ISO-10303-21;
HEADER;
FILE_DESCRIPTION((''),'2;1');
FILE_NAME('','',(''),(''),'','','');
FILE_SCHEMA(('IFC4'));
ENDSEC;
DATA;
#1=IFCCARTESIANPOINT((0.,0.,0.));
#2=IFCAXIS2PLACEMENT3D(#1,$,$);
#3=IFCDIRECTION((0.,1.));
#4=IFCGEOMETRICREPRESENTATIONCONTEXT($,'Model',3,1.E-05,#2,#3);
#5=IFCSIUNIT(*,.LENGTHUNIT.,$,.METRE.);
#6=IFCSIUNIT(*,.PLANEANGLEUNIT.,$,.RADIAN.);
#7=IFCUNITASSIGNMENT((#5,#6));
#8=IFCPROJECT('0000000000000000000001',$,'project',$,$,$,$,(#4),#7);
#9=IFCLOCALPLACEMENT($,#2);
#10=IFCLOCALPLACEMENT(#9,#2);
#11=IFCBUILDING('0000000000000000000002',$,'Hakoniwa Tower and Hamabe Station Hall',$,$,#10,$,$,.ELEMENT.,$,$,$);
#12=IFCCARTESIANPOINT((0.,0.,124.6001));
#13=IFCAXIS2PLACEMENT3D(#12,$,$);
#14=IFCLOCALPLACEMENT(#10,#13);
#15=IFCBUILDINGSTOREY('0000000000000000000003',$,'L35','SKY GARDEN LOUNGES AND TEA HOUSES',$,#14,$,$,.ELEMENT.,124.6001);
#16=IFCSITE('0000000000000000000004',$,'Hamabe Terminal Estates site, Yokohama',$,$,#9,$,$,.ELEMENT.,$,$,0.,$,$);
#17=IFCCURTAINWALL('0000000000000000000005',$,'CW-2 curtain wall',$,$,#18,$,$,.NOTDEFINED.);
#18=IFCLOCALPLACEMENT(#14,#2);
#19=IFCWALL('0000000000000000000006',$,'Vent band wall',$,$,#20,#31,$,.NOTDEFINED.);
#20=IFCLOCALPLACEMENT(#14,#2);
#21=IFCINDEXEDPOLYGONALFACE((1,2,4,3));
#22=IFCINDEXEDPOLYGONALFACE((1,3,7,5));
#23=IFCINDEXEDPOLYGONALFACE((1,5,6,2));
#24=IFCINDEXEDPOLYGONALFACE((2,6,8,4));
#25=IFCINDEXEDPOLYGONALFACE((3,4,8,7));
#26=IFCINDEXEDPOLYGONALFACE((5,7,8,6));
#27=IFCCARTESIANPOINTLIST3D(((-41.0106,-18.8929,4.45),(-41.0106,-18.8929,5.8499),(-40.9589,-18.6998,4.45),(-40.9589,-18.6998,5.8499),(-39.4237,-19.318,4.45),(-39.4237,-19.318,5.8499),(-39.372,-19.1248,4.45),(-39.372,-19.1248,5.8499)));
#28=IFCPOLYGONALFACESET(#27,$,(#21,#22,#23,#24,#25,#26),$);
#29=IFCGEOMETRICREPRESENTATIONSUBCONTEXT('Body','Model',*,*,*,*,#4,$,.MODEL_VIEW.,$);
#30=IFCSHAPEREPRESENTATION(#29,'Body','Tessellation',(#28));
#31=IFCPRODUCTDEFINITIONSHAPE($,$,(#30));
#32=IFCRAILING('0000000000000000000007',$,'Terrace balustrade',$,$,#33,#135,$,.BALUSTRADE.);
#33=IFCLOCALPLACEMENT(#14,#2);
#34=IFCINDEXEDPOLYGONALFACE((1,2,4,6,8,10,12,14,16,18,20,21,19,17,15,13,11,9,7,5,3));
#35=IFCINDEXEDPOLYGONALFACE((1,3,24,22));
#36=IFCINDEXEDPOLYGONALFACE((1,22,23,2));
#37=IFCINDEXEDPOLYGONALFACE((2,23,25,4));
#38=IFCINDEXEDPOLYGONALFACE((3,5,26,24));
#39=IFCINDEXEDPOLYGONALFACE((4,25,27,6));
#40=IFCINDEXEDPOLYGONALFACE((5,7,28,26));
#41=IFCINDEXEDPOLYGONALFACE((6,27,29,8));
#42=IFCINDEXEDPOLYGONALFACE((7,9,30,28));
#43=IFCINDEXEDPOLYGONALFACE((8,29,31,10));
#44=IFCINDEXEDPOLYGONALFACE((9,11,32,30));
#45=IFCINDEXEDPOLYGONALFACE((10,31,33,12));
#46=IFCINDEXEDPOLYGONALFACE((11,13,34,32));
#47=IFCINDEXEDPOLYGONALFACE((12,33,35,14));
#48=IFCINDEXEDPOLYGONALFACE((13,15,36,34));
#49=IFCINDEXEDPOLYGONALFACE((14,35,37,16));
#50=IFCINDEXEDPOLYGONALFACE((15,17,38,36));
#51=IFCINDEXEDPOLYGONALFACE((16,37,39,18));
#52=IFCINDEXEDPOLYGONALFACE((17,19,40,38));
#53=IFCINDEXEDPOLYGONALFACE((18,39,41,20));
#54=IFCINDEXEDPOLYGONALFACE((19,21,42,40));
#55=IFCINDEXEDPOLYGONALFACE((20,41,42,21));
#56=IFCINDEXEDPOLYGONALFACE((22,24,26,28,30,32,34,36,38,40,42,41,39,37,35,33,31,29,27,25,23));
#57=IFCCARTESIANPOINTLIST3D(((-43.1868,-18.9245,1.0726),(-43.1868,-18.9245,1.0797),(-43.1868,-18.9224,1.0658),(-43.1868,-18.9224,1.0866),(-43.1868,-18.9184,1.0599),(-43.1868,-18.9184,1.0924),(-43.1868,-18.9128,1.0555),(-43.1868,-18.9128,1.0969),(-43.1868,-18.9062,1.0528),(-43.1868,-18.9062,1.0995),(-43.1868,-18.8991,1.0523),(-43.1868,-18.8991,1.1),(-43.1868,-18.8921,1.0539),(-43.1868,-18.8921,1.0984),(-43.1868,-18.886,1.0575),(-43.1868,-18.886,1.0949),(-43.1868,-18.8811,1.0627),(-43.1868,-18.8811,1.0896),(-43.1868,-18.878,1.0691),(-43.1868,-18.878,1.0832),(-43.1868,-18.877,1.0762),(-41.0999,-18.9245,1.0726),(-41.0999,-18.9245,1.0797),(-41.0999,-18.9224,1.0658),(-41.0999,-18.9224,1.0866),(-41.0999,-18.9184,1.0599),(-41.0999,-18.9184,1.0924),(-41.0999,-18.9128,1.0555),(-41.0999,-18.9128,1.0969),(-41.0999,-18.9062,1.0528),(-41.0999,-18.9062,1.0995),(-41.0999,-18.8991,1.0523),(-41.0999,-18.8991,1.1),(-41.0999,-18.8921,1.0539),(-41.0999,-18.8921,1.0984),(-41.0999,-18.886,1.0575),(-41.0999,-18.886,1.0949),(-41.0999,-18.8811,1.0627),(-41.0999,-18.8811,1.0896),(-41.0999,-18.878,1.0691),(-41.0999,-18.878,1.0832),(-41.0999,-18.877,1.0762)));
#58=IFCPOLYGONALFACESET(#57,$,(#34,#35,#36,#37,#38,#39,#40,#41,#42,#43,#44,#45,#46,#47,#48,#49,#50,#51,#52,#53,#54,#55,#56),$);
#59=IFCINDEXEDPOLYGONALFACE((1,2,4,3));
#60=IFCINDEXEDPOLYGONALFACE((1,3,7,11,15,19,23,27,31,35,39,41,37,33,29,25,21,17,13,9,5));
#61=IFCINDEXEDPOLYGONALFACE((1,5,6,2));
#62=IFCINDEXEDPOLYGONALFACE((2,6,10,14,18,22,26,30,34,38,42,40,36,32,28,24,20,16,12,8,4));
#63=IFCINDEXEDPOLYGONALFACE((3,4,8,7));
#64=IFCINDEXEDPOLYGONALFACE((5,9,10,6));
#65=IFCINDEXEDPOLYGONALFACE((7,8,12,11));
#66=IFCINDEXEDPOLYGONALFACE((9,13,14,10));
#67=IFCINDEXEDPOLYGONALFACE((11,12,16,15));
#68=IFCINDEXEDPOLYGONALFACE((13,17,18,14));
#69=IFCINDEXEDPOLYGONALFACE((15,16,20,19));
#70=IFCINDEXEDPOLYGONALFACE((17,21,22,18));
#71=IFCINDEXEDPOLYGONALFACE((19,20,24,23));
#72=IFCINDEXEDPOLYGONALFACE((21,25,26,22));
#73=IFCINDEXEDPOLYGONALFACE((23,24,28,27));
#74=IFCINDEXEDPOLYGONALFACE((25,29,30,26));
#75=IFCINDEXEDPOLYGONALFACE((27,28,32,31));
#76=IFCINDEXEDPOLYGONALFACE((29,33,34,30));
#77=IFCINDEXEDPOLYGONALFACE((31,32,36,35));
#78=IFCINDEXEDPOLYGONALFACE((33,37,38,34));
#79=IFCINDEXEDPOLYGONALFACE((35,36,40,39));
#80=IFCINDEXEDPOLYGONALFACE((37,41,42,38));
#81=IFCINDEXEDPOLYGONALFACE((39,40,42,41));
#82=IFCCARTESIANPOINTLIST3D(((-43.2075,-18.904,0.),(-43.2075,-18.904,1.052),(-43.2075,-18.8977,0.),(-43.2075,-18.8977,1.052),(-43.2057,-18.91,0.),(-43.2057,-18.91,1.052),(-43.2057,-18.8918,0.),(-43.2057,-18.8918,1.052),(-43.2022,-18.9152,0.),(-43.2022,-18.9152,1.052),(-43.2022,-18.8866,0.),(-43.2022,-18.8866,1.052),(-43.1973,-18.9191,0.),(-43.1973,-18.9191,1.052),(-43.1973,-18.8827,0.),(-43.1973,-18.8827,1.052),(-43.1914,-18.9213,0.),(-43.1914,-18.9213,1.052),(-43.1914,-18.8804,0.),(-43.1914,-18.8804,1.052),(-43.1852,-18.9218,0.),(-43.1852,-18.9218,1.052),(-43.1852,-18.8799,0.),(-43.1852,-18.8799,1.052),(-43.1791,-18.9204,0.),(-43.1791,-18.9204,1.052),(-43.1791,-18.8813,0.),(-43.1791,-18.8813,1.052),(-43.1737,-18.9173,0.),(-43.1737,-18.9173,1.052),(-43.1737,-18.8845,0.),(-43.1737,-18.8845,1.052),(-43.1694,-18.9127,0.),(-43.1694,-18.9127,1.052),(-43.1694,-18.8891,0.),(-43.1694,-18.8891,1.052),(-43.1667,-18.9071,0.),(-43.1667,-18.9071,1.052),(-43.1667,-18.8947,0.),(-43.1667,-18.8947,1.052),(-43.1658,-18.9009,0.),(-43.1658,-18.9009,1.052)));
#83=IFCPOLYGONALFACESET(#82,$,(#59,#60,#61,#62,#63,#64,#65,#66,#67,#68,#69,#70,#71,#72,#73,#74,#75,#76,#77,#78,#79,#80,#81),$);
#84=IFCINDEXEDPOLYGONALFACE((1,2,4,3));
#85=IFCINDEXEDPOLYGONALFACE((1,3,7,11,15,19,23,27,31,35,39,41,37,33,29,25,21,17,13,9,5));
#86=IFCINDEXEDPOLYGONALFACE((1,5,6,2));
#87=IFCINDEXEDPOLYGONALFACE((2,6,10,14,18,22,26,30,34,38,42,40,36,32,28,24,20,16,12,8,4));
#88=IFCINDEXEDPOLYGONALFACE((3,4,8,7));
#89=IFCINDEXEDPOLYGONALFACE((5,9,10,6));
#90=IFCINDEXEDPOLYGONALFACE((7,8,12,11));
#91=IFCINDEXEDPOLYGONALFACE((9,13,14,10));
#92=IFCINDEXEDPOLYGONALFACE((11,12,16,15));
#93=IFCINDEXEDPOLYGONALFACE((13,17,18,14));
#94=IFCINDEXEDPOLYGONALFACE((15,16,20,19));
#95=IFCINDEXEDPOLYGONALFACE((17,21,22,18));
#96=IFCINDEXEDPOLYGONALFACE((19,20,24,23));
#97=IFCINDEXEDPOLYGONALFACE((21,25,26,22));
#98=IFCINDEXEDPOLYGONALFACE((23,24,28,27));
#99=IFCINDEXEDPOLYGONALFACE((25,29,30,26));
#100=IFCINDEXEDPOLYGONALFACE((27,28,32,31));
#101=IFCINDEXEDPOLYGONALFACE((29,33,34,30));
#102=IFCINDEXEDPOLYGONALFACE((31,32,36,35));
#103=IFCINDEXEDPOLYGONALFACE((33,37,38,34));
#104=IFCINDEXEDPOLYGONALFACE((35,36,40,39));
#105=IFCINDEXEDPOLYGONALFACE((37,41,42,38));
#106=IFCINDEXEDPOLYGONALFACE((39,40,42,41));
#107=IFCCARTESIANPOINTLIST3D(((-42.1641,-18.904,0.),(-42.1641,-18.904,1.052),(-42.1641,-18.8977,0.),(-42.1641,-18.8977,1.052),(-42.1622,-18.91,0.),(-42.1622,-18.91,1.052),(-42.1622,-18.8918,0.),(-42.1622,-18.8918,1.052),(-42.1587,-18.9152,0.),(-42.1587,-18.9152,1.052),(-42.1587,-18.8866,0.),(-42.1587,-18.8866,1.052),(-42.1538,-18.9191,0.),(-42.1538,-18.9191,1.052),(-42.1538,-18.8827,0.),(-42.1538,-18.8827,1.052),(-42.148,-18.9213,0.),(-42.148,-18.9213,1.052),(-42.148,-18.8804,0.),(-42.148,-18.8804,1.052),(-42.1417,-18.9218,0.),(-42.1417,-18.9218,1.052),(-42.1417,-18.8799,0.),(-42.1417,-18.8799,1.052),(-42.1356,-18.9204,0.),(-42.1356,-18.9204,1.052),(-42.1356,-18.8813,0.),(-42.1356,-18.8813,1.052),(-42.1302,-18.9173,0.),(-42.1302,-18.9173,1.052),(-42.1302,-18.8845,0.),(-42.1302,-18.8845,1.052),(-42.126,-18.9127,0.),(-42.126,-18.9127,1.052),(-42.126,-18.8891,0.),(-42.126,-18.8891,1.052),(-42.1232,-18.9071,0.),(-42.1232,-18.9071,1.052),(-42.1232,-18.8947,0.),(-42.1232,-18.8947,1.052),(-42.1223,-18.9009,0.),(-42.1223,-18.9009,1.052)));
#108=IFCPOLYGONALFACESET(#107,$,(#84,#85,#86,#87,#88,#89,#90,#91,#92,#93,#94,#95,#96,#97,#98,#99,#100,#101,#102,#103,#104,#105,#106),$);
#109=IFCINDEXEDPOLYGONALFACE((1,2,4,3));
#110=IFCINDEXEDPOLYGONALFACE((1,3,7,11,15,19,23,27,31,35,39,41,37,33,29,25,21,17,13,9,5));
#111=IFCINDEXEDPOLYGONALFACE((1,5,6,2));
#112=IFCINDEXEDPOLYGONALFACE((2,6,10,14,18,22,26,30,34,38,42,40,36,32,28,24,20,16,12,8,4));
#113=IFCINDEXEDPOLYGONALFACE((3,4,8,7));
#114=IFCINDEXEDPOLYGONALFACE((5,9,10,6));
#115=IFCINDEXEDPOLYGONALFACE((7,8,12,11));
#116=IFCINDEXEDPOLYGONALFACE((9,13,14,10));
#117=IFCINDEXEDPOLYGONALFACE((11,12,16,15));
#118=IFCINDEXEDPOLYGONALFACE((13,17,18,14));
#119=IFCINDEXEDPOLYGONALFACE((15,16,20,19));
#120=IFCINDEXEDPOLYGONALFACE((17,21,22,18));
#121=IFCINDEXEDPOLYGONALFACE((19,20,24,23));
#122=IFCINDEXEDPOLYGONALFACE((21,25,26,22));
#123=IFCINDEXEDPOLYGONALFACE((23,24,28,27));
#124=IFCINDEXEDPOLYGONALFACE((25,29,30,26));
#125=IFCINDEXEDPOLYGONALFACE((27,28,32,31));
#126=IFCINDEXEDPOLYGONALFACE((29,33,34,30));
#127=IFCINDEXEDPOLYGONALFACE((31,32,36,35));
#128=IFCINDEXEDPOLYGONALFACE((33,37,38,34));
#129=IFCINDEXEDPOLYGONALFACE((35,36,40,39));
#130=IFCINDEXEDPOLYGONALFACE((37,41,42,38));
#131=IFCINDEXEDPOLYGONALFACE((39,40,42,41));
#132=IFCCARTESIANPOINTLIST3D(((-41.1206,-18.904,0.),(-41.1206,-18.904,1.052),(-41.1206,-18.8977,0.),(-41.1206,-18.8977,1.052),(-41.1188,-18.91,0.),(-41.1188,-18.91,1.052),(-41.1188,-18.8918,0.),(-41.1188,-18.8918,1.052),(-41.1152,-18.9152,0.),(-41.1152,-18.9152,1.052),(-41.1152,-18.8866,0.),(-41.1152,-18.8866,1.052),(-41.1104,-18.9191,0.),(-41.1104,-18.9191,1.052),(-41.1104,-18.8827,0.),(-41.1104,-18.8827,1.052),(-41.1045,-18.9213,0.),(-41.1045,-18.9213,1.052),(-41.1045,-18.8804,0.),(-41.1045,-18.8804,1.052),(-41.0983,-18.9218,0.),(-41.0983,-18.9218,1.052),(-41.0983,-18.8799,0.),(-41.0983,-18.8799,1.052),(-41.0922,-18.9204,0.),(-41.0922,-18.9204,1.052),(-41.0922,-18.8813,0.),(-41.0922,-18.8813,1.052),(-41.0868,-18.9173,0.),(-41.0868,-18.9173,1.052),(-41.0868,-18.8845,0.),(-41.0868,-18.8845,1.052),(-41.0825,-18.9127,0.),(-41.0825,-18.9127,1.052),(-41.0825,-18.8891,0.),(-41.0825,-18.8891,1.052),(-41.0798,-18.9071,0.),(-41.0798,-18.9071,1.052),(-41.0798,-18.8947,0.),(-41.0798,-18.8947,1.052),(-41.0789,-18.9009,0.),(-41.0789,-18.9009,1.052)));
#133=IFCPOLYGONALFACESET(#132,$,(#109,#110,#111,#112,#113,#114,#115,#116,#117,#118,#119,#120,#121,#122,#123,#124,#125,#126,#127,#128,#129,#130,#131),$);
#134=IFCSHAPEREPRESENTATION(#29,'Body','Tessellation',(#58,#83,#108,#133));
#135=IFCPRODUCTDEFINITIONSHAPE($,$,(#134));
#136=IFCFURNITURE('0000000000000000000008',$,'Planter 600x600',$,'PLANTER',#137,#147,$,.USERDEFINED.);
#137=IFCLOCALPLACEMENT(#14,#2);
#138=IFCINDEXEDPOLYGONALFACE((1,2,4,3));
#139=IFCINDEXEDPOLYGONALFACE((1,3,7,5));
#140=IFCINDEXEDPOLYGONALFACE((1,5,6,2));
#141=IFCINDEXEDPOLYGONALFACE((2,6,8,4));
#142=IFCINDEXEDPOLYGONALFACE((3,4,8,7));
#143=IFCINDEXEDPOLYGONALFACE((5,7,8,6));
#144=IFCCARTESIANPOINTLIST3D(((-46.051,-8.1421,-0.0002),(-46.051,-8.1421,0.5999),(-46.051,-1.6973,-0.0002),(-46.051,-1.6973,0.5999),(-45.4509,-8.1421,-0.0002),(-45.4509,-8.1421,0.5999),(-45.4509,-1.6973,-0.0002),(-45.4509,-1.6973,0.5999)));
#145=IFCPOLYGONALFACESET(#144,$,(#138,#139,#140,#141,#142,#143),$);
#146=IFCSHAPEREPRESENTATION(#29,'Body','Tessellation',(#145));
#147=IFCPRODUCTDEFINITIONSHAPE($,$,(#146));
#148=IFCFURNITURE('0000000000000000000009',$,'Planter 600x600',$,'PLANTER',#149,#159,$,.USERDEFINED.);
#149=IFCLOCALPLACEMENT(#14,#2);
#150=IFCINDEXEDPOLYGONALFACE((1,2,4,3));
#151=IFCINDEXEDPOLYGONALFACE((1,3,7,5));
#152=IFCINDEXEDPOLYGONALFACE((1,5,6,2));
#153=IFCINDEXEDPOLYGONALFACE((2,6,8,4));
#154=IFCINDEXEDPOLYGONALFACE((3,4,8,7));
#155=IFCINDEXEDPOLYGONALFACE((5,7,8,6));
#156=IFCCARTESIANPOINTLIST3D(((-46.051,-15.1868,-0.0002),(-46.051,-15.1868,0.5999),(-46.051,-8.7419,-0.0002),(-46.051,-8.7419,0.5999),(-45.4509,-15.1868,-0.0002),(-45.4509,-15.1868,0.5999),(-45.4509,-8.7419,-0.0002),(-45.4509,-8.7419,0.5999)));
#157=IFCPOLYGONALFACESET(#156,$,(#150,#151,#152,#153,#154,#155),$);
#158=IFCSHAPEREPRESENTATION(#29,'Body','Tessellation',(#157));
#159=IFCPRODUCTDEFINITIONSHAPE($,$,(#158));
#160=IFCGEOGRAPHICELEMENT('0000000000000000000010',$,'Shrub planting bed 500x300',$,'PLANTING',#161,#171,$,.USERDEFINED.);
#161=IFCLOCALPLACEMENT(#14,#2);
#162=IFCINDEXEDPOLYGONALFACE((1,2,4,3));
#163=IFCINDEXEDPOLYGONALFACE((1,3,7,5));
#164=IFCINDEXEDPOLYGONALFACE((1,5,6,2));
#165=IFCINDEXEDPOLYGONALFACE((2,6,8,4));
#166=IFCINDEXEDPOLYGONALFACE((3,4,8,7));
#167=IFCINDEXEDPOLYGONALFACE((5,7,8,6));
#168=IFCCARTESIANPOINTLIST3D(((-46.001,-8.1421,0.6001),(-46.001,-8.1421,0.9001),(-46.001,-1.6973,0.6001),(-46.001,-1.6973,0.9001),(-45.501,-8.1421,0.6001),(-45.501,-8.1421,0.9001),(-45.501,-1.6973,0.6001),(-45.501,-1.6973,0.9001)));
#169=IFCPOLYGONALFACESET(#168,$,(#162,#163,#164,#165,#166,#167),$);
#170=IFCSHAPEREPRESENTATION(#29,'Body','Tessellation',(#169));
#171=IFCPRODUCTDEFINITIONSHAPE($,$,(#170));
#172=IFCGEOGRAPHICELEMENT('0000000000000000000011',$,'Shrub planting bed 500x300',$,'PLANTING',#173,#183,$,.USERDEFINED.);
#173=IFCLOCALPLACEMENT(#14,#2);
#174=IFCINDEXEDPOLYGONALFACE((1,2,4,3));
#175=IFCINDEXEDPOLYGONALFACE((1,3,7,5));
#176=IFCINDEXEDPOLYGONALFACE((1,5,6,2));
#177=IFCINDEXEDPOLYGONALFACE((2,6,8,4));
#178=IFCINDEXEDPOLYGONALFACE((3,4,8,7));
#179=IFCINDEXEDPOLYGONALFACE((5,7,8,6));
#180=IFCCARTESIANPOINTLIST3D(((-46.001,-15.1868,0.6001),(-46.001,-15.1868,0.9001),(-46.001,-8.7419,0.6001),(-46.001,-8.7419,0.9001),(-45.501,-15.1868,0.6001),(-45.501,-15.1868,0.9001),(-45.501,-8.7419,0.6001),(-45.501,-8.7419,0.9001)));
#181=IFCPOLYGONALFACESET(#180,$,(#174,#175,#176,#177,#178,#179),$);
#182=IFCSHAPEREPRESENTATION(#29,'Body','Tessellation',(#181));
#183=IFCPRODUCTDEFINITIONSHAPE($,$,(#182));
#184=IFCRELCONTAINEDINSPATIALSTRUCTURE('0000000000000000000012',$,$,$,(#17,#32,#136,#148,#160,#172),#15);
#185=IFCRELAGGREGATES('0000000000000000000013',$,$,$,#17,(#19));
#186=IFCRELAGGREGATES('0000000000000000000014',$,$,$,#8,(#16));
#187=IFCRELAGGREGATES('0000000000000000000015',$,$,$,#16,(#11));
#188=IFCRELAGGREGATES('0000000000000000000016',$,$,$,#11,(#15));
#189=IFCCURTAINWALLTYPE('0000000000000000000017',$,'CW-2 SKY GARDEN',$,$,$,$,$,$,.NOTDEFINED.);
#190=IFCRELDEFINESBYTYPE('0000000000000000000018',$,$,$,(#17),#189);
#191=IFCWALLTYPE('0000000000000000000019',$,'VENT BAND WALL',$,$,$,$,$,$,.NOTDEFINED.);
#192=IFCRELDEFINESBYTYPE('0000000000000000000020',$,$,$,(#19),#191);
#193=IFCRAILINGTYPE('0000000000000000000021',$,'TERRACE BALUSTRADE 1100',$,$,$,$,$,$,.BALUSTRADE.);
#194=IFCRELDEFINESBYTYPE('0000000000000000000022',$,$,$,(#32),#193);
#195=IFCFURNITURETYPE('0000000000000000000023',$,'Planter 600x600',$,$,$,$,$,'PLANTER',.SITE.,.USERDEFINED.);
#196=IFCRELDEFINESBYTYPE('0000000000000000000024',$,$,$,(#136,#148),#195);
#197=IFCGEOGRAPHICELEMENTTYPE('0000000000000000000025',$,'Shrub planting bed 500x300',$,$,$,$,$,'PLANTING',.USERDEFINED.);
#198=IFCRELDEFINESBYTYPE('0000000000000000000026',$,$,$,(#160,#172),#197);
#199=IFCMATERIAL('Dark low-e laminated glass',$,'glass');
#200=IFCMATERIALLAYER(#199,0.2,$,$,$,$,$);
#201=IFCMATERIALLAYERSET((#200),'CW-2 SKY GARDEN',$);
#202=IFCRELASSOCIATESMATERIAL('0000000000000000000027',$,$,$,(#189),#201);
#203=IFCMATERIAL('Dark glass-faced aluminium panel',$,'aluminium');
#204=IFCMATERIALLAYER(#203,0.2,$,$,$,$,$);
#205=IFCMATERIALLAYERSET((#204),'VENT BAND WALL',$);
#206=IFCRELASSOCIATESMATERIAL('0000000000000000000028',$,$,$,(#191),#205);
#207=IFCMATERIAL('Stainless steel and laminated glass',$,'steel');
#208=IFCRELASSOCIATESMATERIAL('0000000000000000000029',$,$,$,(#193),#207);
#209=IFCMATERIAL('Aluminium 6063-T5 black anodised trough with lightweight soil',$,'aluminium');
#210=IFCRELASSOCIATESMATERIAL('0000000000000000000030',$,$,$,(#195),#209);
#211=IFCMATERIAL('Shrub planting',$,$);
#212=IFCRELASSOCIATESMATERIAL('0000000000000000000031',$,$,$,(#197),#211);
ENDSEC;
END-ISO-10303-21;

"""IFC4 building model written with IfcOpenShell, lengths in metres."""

from ifc_helpers import new_model, si_unit, direction, frame, frame_2d, origin, origin_2d, place, context, subcontext, project, spatial, rectangle, circle, extrude, material, layer, layer_set, type_object, element, aggregate, save


model = new_model("IFC4")

# Units and contexts
model_context = context("Model", 3, precision=1e-05, world=origin(), true_north=direction((0.0, 1.0)))
body_context = subcontext(model_context, "Body", "Model", "MODEL_VIEW")
ifc_project = project(units=[si_unit("LENGTHUNIT", "METRE"), si_unit("PLANEANGLEUNIT", "RADIAN")], contexts=[model_context])

# Site, building, storey
site_placement = place(None, origin())
site = spatial("IfcSite", under=ifc_project, at=site_placement, Name="Hamabe Terminal Estates site, Yokohama", CompositionType="ELEMENT", RefElevation=0.0)
building_placement = place(site_placement, origin())
building = spatial("IfcBuilding", under=site, at=building_placement, Name="Hakoniwa Tower and Hamabe Station Hall", CompositionType="ELEMENT")
storey_placement = place(building_placement, frame((0.0, 0.0, 124.6001)))
storey = spatial("IfcBuildingStorey", under=building, at=storey_placement, Name="L35", Description="SKY GARDEN LOUNGES AND TEA HOUSES", CompositionType="ELEMENT", Elevation=124.6001)

# Shared definitions
ifc_material_1 = material(Name="Dark low-e laminated glass", Category="glass")
ifc_layer_1 = layer(ifc_material_1, 0.2)
ifc_layer_set_1 = layer_set([ifc_layer_1], Name="CW-2 SKY GARDEN")
curtain_wall_type = type_object("IfcCurtainWallType", Name="CW-2 SKY GARDEN", PredefinedType="NOTDEFINED", material=ifc_layer_set_1)

# Shared definitions
ifc_material_2 = material(Name="Dark glass-faced aluminium panel", Category="aluminium")
ifc_layer_2 = layer(ifc_material_2, 0.2)
ifc_layer_set_2 = layer_set([ifc_layer_2], Name="VENT BAND WALL")
wall_type_1 = type_object("IfcWallType", Name="VENT BAND WALL", PredefinedType="NOTDEFINED", material=ifc_layer_set_2)

# Curtain wall, wall
curtain_wall_1_placement = place(storey_placement, origin())
curtain_wall_1 = element("IfcCurtainWall", 1, at=curtain_wall_1_placement, inside=storey, type_object=curtain_wall_type, Name="CW-2 curtain wall", PredefinedType="NOTDEFINED")
wall_1_placement = place(storey_placement, frame((-40.9846, -18.7964, 4.45), z_axis=(0.0, 0.0, 1.0), x_axis=(0.965951, -0.258726, 0.0)))
wall_1 = element("IfcWall", 2, at=wall_1_placement, type_object=wall_type_1, Name="Vent band wall", PredefinedType="NOTDEFINED", context=body_context, shape_type="SweptSolid", body=[
    extrude(rectangle(XDim=1.6428, YDim=0.2, at=frame_2d((0.8213, 0.0))), origin(), (0.0, 0.0, 1.0), 1.3999),
])
aggregate(curtain_wall_1, [wall_1])

# Railing
ifc_material_3 = material(Name="Stainless steel and laminated glass", Category="steel")
railing_type = type_object("IfcRailingType", Name="TERRACE BALUSTRADE 1100", PredefinedType="BALUSTRADE", material=ifc_material_3)
railing_placement = place(storey_placement, frame((-43.1868, -18.9009, 0.0)))
element("IfcRailing", 3, at=railing_placement, inside=storey, type_object=railing_type, Name="Terrace balustrade", PredefinedType="BALUSTRADE", context=body_context, shape_type="SweptSolid", body=[
    extrude(circle(Radius=0.0239, at=origin_2d()), frame((0.0, 0.0, 1.0762), z_axis=(1.0, 0.0, 0.0), x_axis=(0.0, 1.0, 0.0)), (0.0, 0.0, 1.0), 2.0869),
    extrude(circle(Radius=0.021, at=origin_2d()), origin(), (0.0, 0.0, 1.0), 1.052),
    extrude(circle(Radius=0.021, at=origin_2d()), frame((1.0435, 0.0, 0.0)), (0.0, 0.0, 1.0), 1.052),
    extrude(circle(Radius=0.021, at=origin_2d()), frame((2.0869, 0.0, 0.0)), (0.0, 0.0, 1.0), 1.052),
])

# Furniture
ifc_material_4 = material(Name="Aluminium 6063-T5 black anodised trough with lightweight soil", Category="aluminium")
furniture_type = type_object("IfcFurnitureType", Name="Planter 600x600", ElementType="PLANTER", AssemblyPlace="SITE", PredefinedType="USERDEFINED", material=ifc_material_4)
for number, where, z_axis, x_axis, name in (
    (4, (-45.751, -4.9197, -0.0002), (0.0, 0.0, 1.0), (0.0, -1.0, 0.0), "Planter 600x600"),
    (5, (-45.751, -11.9644, -0.0002), (0.0, 0.0, 1.0), (0.0, -1.0, 0.0), "Planter 600x600"),
):
    element("IfcFurniture", number, at=place(storey_placement, frame(where, z_axis=z_axis, x_axis=x_axis)), inside=storey, type_object=furniture_type, Name=name, ObjectType="PLANTER", PredefinedType="USERDEFINED", context=body_context, shape_type="SweptSolid", body=[
        extrude(rectangle(XDim=6.4448, YDim=0.6001, at=origin_2d()), origin(), (0.0, 0.0, 1.0), 0.6001),
    ])

# Geographic elements
ifc_material_5 = material(Name="Shrub planting")
geographic_element_type = type_object("IfcGeographicElementType", Name="Shrub planting bed 500x300", ElementType="PLANTING", PredefinedType="USERDEFINED", material=ifc_material_5)
for number, where, z_axis, x_axis, name in (
    (6, (-45.751, -4.9197, 0.6001), (0.0, 0.0, 1.0), (0.0, -1.0, 0.0), "Shrub planting bed 500x300"),
    (7, (-45.751, -11.9644, 0.6001), (0.0, 0.0, 1.0), (0.0, -1.0, 0.0), "Shrub planting bed 500x300"),
):
    element("IfcGeographicElement", number, at=place(storey_placement, frame(where, z_axis=z_axis, x_axis=x_axis)), inside=storey, type_object=geographic_element_type, Name=name, ObjectType="PLANTING", PredefinedType="USERDEFINED", context=body_context, shape_type="SweptSolid", body=[
        extrude(rectangle(XDim=6.4448, YDim=0.5, at=origin_2d()), origin(), (0.0, 0.0, 1.0), 0.3),
    ])

save(model, "model.ifc")
